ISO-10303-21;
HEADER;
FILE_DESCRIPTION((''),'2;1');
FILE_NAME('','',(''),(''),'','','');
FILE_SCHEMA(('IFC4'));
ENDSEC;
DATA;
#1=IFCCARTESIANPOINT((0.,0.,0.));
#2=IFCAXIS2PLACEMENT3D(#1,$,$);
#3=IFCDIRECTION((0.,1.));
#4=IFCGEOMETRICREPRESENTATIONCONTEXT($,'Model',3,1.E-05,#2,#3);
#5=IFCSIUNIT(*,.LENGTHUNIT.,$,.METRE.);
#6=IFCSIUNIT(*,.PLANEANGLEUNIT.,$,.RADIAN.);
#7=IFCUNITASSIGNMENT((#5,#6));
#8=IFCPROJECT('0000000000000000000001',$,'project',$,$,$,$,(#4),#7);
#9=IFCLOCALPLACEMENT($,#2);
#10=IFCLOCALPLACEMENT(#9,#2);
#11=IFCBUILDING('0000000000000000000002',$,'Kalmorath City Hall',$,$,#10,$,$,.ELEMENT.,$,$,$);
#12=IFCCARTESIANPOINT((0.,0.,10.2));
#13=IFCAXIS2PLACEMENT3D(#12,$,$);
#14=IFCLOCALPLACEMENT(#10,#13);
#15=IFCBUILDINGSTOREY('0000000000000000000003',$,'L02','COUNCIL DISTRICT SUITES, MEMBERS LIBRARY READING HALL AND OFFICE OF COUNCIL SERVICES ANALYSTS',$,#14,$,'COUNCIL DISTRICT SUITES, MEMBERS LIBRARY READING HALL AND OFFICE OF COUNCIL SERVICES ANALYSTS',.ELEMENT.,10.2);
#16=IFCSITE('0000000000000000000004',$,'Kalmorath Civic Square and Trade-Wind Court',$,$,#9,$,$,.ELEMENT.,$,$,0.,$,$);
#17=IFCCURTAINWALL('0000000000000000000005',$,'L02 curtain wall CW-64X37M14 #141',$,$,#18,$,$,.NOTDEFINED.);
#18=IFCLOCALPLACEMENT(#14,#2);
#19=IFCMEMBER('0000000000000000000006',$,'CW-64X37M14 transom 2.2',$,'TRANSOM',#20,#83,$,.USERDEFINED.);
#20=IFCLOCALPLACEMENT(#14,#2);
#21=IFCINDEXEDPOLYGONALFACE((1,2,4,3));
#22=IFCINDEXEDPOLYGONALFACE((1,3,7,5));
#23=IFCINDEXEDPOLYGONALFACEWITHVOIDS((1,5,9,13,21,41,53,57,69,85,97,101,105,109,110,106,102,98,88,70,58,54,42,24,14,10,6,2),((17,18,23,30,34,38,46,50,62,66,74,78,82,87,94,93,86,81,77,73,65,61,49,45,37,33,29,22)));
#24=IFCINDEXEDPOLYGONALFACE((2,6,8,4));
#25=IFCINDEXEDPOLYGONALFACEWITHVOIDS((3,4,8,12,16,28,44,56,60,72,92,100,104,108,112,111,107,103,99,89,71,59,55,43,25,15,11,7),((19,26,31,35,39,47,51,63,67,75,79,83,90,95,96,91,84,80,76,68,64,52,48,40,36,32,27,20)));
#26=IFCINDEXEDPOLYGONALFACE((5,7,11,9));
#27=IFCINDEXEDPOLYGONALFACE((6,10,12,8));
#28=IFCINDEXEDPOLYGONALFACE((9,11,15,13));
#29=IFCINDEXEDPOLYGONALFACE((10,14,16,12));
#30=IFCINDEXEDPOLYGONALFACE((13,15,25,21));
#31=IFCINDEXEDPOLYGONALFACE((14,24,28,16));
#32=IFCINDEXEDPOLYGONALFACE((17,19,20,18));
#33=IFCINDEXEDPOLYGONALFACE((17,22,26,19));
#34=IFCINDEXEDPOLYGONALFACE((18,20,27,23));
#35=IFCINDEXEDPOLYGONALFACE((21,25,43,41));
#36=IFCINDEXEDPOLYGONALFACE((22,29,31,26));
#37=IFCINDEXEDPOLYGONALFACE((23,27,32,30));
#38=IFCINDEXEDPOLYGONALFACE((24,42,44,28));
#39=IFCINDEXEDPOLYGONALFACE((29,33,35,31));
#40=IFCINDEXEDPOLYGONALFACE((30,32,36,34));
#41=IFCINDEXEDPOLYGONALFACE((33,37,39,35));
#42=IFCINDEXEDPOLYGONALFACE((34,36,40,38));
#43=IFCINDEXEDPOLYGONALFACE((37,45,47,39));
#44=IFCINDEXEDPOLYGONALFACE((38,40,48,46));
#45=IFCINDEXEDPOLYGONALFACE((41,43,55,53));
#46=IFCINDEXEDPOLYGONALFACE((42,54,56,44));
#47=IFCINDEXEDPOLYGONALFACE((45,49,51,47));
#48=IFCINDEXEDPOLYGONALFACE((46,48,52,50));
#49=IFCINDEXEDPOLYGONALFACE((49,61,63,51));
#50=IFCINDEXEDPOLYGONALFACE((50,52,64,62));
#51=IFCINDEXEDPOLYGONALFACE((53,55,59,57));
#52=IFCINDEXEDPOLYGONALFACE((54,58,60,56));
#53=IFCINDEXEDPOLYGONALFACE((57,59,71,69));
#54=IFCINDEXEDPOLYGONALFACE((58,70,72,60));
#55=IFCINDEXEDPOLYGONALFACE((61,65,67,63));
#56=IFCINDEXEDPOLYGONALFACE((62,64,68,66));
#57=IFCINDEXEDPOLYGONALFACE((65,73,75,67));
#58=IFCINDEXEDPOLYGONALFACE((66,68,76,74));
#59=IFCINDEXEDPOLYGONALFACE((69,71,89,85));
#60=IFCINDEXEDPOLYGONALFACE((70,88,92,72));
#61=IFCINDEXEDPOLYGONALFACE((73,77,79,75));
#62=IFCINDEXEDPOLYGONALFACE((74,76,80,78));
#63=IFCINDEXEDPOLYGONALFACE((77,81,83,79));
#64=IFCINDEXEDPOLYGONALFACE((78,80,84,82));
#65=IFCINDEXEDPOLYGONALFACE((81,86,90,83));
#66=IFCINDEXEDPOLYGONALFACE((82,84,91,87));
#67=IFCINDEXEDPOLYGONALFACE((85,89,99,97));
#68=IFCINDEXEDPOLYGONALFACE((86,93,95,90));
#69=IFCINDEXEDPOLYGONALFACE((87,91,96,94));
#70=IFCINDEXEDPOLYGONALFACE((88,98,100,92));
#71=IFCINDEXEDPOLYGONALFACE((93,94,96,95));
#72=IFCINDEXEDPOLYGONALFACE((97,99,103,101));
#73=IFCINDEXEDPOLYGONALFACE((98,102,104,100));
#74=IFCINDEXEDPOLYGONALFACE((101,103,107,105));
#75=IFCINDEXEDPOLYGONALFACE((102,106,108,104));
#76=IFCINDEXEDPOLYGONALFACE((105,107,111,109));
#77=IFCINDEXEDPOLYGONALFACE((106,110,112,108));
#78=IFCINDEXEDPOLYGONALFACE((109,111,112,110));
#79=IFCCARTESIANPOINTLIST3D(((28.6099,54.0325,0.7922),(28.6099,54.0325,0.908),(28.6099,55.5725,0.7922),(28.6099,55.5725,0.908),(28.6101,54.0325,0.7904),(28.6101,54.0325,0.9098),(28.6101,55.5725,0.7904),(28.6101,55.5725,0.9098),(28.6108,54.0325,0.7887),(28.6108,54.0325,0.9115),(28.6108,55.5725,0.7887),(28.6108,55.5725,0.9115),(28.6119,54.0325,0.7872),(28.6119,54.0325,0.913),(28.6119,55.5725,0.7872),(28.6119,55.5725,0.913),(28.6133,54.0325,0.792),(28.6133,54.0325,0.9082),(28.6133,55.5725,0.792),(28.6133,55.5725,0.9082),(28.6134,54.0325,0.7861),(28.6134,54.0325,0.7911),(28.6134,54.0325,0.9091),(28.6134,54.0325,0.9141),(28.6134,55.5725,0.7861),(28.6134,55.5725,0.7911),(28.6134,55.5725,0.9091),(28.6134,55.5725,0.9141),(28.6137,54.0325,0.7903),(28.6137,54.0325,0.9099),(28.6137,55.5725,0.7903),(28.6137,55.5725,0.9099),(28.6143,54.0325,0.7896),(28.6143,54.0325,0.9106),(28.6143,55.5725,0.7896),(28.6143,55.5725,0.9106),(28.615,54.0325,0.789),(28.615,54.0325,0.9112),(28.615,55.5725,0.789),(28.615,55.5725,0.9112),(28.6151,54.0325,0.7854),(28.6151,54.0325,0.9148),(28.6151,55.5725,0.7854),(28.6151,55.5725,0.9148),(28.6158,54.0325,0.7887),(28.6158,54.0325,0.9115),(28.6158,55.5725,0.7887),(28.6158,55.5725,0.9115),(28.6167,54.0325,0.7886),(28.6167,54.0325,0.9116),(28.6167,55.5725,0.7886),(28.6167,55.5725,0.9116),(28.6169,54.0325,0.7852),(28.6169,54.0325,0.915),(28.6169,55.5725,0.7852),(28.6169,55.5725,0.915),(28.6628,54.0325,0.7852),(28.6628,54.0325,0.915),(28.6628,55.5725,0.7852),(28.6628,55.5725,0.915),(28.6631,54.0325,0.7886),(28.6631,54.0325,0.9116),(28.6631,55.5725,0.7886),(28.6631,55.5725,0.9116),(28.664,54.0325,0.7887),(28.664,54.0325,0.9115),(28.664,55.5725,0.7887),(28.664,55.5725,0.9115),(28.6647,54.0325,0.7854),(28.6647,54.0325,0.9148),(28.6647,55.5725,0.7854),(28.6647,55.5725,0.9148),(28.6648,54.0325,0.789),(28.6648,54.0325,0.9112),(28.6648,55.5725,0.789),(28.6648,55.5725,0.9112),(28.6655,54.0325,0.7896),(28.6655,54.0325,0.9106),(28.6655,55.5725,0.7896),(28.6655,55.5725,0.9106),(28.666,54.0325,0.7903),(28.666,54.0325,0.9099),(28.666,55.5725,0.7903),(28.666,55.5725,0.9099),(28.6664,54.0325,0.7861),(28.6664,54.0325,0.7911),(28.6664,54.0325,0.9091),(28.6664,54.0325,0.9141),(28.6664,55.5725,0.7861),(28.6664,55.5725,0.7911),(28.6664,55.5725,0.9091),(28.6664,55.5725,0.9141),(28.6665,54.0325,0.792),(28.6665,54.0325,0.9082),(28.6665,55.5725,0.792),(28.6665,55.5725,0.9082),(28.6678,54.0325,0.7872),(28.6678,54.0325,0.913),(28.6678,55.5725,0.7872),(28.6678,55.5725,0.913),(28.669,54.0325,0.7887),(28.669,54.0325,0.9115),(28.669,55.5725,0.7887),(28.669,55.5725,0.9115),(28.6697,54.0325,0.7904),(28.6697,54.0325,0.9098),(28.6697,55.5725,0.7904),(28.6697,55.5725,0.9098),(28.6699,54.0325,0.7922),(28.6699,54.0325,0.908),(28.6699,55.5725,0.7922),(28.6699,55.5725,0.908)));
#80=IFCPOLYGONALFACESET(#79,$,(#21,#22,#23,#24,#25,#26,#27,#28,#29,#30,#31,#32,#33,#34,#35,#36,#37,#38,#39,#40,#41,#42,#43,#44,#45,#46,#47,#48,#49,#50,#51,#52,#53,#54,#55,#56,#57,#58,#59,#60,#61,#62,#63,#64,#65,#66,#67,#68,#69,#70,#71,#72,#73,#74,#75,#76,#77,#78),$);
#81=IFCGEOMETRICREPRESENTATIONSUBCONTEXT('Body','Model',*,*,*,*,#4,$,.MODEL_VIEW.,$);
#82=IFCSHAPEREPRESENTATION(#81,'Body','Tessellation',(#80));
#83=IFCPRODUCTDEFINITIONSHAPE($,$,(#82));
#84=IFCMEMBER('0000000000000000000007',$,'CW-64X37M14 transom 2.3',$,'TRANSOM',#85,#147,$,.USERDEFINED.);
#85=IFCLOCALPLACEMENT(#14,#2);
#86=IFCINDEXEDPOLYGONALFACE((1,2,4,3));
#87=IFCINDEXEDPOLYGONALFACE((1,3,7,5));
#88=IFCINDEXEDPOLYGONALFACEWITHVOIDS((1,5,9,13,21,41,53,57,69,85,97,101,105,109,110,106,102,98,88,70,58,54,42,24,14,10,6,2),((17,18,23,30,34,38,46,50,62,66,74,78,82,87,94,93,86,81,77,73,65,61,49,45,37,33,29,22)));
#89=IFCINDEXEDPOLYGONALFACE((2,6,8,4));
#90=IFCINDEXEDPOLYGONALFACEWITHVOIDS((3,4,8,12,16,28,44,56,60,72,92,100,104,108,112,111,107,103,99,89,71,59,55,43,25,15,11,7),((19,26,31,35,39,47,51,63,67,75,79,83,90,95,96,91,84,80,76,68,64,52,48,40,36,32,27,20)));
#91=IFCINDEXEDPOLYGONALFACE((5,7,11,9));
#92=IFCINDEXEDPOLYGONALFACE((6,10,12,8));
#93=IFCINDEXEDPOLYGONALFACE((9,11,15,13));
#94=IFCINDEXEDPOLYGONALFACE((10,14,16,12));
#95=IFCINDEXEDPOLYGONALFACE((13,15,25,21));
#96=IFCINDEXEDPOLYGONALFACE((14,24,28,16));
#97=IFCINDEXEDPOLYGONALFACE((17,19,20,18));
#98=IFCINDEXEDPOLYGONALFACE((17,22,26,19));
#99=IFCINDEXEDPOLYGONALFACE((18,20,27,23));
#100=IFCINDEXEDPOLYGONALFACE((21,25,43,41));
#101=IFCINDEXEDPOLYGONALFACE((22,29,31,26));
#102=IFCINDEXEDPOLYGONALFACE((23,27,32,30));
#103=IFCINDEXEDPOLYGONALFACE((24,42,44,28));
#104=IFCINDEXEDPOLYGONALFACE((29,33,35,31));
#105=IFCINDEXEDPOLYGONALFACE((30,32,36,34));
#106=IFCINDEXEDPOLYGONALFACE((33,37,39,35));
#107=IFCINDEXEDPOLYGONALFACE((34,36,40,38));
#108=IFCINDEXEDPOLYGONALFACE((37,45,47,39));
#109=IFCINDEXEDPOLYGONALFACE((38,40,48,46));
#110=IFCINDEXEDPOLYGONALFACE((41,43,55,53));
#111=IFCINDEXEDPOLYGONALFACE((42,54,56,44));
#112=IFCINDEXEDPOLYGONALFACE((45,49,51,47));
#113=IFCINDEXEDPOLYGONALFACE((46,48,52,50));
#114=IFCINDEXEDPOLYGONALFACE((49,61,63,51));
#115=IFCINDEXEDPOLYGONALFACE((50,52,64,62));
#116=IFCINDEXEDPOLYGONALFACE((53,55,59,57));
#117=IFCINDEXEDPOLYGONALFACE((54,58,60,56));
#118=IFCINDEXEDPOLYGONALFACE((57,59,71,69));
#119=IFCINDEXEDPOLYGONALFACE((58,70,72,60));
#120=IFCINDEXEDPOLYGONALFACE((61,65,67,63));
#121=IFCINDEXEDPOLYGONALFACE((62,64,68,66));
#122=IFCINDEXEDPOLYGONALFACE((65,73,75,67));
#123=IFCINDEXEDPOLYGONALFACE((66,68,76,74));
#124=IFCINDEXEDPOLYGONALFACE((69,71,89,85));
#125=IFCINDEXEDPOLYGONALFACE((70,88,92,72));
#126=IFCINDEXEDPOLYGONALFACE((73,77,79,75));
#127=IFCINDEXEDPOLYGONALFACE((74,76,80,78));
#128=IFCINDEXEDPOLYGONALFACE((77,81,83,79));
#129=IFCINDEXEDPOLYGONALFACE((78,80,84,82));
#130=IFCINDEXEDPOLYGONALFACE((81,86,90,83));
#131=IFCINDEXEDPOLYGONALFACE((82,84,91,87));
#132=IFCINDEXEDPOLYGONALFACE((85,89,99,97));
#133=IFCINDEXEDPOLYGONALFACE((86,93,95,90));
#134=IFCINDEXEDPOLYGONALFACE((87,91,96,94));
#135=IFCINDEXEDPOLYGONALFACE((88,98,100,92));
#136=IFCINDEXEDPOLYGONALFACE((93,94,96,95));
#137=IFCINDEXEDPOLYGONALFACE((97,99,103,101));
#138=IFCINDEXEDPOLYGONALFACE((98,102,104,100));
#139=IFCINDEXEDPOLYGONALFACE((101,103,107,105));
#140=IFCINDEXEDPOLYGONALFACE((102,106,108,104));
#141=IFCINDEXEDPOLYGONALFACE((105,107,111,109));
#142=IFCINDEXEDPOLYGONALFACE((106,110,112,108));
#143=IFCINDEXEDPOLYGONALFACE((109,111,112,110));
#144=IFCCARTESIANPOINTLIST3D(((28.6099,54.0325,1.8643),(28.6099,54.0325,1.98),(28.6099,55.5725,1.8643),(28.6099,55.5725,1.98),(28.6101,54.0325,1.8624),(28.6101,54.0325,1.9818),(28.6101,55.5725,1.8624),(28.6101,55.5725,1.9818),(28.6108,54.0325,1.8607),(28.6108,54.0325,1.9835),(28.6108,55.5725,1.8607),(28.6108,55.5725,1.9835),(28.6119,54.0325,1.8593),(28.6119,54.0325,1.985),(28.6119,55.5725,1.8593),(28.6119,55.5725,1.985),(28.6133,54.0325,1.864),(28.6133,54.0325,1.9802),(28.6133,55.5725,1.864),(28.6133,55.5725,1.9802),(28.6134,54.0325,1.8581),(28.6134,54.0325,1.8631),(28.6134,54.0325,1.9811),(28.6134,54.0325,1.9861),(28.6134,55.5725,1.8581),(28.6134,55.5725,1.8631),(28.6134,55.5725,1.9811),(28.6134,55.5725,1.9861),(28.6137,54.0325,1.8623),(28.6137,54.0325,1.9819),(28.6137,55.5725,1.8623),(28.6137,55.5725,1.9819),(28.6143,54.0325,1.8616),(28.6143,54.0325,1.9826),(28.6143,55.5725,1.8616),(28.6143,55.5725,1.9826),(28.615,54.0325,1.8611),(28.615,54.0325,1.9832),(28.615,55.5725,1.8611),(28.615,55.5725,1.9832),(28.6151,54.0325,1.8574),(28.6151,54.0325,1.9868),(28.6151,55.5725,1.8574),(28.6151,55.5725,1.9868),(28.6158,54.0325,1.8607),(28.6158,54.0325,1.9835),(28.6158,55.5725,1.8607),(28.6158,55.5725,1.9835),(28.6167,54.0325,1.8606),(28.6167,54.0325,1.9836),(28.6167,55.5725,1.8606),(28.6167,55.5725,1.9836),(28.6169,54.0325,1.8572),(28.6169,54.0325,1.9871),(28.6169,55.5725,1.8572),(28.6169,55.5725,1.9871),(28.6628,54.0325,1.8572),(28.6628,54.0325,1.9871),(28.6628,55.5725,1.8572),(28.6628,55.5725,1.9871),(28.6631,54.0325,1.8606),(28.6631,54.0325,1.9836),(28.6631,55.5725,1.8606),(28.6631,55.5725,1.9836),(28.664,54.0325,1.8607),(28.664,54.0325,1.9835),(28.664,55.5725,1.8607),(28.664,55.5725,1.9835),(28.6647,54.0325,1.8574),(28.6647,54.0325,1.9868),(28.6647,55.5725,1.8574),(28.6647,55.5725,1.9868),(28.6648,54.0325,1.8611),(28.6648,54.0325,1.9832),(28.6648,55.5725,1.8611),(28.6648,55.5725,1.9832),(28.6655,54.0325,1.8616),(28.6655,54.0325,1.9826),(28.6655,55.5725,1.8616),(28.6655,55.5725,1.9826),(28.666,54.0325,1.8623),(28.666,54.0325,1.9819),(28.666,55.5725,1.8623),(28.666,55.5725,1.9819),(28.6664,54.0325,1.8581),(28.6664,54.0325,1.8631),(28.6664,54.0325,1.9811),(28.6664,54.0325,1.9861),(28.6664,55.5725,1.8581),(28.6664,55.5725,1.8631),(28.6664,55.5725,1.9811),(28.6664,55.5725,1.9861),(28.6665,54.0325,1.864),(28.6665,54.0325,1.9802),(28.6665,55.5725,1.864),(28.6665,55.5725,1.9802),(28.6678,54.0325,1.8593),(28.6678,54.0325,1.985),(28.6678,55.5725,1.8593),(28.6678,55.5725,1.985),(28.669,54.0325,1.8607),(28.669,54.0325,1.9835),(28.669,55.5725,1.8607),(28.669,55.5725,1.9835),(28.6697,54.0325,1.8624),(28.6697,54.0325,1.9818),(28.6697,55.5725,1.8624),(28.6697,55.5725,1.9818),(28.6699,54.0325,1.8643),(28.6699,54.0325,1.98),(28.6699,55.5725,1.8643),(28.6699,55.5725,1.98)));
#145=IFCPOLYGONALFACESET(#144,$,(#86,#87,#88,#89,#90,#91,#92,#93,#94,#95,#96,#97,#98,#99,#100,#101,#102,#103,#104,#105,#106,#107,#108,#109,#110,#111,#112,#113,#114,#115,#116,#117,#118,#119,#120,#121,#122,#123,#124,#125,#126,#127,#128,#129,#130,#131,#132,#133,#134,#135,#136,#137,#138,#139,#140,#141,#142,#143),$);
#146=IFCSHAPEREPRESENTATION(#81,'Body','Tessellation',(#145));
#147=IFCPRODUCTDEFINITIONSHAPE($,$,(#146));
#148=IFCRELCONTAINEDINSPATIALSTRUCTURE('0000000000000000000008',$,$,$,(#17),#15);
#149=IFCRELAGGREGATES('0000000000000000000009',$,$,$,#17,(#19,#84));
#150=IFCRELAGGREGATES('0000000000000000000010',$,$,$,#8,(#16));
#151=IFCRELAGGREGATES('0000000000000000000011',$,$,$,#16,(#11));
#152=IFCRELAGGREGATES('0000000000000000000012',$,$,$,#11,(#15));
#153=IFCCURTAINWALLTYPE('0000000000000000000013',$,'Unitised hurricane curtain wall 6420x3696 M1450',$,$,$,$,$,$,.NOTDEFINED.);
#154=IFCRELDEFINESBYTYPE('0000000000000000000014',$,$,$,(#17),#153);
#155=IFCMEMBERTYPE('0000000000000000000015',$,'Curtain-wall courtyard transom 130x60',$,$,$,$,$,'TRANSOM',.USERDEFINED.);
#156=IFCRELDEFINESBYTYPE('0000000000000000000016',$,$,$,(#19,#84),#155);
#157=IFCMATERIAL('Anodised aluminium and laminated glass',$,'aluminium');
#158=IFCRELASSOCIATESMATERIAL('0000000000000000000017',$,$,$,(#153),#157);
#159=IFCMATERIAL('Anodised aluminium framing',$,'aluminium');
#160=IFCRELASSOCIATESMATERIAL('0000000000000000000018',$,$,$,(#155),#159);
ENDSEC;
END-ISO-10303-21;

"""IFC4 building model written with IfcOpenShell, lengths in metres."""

from ifc_helpers import new_model, si_unit, direction, frame, origin, origin_2d, place, context, subcontext, project, spatial, hollow_rectangle, extrude, material, material_profile, profile_set, type_object, element, aggregate, save


model = new_model("IFC4")

# Units and contexts
model_context = context("Model", 3, precision=1e-05, world=origin(), true_north=direction((0.0, 1.0)))
body_context = subcontext(model_context, "Body", "Model", "MODEL_VIEW")
ifc_project = project(units=[si_unit("LENGTHUNIT", "METRE"), si_unit("PLANEANGLEUNIT", "RADIAN")], contexts=[model_context])

# Site, building, storey
site_placement = place(None, origin())
site = spatial("IfcSite", under=ifc_project, at=site_placement, Name="Kalmorath Civic Square and Trade-Wind Court", CompositionType="ELEMENT", RefElevation=0.0)
building_placement = place(site_placement, origin())
building = spatial("IfcBuilding", under=site, at=building_placement, Name="Kalmorath City Hall", CompositionType="ELEMENT")
storey_placement = place(building_placement, frame((0.0, 0.0, 10.2)))
storey = spatial("IfcBuildingStorey", under=building, at=storey_placement, Name="L02", Description="COUNCIL DISTRICT SUITES, MEMBERS LIBRARY READING HALL AND OFFICE OF COUNCIL SERVICES ANALYSTS", LongName="COUNCIL DISTRICT SUITES, MEMBERS LIBRARY READING HALL AND OFFICE OF COUNCIL SERVICES ANALYSTS", CompositionType="ELEMENT", Elevation=10.2)

# Curtain wall, members
ifc_material_1 = material(Name="Anodised aluminium and laminated glass", Category="aluminium")
curtain_wall_type = type_object("IfcCurtainWallType", Name="Unitised hurricane curtain wall 6420x3696 M1450", PredefinedType="NOTDEFINED", material=ifc_material_1)
curtain_wall_placement = place(storey_placement, origin())
curtain_wall = element("IfcCurtainWall", 1, at=curtain_wall_placement, inside=storey, type_object=curtain_wall_type, Name="L02 curtain wall CW-64X37M14 #141", PredefinedType="NOTDEFINED")
ifc_material_2 = material(Name="Anodised aluminium framing", Category="aluminium")
ifc_material_profile_1 = material_profile(ifc_material_2, hollow_rectangle(XDim=0.0601, YDim=0.1299, WallThickness=0.0034, InnerFilletRadius=0.0034, OuterFilletRadius=0.0071, at=origin_2d()), Name="ALU-TRN-130X60X3.5")
ifc_profile_set_1 = profile_set([ifc_material_profile_1], Name="Anodised aluminium framing")
member_type_1 = type_object("IfcMemberType", Name="Curtain-wall courtyard transom 130x60", ElementType="TRANSOM", PredefinedType="USERDEFINED", material=ifc_profile_set_1)
member_1_placement = place(storey_placement, frame((28.6399, 55.5725, 0.8501), z_axis=(0.0, -1.0, 0.0), x_axis=(1.0, 0.0, 0.0)))
member_1 = element("IfcMember", 2, at=member_1_placement, type_object=member_type_1, Name="CW-64X37M14 transom 2.2", ObjectType="TRANSOM", PredefinedType="USERDEFINED", context=body_context, shape_type="SweptSolid", body=[
    extrude(hollow_rectangle(XDim=0.0601, YDim=0.1299, WallThickness=0.0034, InnerFilletRadius=0.0034, OuterFilletRadius=0.0071, at=origin_2d()), origin(), (0.0, 0.0, 1.0), 1.54),
])
member_2_placement = place(storey_placement, frame((28.6399, 55.5725, 1.9221), z_axis=(0.0, -1.0, 0.0), x_axis=(1.0, 0.0, 0.0)))
member_2 = element("IfcMember", 3, at=member_2_placement, type_object=member_type_1, Name="CW-64X37M14 transom 2.3", ObjectType="TRANSOM", PredefinedType="USERDEFINED", context=body_context, shape_type="SweptSolid", body=[
    extrude(hollow_rectangle(XDim=0.0601, YDim=0.1299, WallThickness=0.0034, InnerFilletRadius=0.0034, OuterFilletRadius=0.0071, at=origin_2d()), origin(), (0.0, 0.0, 1.0), 1.54),
])
aggregate(curtain_wall, [member_1, member_2])

save(model, "model.ifc")
